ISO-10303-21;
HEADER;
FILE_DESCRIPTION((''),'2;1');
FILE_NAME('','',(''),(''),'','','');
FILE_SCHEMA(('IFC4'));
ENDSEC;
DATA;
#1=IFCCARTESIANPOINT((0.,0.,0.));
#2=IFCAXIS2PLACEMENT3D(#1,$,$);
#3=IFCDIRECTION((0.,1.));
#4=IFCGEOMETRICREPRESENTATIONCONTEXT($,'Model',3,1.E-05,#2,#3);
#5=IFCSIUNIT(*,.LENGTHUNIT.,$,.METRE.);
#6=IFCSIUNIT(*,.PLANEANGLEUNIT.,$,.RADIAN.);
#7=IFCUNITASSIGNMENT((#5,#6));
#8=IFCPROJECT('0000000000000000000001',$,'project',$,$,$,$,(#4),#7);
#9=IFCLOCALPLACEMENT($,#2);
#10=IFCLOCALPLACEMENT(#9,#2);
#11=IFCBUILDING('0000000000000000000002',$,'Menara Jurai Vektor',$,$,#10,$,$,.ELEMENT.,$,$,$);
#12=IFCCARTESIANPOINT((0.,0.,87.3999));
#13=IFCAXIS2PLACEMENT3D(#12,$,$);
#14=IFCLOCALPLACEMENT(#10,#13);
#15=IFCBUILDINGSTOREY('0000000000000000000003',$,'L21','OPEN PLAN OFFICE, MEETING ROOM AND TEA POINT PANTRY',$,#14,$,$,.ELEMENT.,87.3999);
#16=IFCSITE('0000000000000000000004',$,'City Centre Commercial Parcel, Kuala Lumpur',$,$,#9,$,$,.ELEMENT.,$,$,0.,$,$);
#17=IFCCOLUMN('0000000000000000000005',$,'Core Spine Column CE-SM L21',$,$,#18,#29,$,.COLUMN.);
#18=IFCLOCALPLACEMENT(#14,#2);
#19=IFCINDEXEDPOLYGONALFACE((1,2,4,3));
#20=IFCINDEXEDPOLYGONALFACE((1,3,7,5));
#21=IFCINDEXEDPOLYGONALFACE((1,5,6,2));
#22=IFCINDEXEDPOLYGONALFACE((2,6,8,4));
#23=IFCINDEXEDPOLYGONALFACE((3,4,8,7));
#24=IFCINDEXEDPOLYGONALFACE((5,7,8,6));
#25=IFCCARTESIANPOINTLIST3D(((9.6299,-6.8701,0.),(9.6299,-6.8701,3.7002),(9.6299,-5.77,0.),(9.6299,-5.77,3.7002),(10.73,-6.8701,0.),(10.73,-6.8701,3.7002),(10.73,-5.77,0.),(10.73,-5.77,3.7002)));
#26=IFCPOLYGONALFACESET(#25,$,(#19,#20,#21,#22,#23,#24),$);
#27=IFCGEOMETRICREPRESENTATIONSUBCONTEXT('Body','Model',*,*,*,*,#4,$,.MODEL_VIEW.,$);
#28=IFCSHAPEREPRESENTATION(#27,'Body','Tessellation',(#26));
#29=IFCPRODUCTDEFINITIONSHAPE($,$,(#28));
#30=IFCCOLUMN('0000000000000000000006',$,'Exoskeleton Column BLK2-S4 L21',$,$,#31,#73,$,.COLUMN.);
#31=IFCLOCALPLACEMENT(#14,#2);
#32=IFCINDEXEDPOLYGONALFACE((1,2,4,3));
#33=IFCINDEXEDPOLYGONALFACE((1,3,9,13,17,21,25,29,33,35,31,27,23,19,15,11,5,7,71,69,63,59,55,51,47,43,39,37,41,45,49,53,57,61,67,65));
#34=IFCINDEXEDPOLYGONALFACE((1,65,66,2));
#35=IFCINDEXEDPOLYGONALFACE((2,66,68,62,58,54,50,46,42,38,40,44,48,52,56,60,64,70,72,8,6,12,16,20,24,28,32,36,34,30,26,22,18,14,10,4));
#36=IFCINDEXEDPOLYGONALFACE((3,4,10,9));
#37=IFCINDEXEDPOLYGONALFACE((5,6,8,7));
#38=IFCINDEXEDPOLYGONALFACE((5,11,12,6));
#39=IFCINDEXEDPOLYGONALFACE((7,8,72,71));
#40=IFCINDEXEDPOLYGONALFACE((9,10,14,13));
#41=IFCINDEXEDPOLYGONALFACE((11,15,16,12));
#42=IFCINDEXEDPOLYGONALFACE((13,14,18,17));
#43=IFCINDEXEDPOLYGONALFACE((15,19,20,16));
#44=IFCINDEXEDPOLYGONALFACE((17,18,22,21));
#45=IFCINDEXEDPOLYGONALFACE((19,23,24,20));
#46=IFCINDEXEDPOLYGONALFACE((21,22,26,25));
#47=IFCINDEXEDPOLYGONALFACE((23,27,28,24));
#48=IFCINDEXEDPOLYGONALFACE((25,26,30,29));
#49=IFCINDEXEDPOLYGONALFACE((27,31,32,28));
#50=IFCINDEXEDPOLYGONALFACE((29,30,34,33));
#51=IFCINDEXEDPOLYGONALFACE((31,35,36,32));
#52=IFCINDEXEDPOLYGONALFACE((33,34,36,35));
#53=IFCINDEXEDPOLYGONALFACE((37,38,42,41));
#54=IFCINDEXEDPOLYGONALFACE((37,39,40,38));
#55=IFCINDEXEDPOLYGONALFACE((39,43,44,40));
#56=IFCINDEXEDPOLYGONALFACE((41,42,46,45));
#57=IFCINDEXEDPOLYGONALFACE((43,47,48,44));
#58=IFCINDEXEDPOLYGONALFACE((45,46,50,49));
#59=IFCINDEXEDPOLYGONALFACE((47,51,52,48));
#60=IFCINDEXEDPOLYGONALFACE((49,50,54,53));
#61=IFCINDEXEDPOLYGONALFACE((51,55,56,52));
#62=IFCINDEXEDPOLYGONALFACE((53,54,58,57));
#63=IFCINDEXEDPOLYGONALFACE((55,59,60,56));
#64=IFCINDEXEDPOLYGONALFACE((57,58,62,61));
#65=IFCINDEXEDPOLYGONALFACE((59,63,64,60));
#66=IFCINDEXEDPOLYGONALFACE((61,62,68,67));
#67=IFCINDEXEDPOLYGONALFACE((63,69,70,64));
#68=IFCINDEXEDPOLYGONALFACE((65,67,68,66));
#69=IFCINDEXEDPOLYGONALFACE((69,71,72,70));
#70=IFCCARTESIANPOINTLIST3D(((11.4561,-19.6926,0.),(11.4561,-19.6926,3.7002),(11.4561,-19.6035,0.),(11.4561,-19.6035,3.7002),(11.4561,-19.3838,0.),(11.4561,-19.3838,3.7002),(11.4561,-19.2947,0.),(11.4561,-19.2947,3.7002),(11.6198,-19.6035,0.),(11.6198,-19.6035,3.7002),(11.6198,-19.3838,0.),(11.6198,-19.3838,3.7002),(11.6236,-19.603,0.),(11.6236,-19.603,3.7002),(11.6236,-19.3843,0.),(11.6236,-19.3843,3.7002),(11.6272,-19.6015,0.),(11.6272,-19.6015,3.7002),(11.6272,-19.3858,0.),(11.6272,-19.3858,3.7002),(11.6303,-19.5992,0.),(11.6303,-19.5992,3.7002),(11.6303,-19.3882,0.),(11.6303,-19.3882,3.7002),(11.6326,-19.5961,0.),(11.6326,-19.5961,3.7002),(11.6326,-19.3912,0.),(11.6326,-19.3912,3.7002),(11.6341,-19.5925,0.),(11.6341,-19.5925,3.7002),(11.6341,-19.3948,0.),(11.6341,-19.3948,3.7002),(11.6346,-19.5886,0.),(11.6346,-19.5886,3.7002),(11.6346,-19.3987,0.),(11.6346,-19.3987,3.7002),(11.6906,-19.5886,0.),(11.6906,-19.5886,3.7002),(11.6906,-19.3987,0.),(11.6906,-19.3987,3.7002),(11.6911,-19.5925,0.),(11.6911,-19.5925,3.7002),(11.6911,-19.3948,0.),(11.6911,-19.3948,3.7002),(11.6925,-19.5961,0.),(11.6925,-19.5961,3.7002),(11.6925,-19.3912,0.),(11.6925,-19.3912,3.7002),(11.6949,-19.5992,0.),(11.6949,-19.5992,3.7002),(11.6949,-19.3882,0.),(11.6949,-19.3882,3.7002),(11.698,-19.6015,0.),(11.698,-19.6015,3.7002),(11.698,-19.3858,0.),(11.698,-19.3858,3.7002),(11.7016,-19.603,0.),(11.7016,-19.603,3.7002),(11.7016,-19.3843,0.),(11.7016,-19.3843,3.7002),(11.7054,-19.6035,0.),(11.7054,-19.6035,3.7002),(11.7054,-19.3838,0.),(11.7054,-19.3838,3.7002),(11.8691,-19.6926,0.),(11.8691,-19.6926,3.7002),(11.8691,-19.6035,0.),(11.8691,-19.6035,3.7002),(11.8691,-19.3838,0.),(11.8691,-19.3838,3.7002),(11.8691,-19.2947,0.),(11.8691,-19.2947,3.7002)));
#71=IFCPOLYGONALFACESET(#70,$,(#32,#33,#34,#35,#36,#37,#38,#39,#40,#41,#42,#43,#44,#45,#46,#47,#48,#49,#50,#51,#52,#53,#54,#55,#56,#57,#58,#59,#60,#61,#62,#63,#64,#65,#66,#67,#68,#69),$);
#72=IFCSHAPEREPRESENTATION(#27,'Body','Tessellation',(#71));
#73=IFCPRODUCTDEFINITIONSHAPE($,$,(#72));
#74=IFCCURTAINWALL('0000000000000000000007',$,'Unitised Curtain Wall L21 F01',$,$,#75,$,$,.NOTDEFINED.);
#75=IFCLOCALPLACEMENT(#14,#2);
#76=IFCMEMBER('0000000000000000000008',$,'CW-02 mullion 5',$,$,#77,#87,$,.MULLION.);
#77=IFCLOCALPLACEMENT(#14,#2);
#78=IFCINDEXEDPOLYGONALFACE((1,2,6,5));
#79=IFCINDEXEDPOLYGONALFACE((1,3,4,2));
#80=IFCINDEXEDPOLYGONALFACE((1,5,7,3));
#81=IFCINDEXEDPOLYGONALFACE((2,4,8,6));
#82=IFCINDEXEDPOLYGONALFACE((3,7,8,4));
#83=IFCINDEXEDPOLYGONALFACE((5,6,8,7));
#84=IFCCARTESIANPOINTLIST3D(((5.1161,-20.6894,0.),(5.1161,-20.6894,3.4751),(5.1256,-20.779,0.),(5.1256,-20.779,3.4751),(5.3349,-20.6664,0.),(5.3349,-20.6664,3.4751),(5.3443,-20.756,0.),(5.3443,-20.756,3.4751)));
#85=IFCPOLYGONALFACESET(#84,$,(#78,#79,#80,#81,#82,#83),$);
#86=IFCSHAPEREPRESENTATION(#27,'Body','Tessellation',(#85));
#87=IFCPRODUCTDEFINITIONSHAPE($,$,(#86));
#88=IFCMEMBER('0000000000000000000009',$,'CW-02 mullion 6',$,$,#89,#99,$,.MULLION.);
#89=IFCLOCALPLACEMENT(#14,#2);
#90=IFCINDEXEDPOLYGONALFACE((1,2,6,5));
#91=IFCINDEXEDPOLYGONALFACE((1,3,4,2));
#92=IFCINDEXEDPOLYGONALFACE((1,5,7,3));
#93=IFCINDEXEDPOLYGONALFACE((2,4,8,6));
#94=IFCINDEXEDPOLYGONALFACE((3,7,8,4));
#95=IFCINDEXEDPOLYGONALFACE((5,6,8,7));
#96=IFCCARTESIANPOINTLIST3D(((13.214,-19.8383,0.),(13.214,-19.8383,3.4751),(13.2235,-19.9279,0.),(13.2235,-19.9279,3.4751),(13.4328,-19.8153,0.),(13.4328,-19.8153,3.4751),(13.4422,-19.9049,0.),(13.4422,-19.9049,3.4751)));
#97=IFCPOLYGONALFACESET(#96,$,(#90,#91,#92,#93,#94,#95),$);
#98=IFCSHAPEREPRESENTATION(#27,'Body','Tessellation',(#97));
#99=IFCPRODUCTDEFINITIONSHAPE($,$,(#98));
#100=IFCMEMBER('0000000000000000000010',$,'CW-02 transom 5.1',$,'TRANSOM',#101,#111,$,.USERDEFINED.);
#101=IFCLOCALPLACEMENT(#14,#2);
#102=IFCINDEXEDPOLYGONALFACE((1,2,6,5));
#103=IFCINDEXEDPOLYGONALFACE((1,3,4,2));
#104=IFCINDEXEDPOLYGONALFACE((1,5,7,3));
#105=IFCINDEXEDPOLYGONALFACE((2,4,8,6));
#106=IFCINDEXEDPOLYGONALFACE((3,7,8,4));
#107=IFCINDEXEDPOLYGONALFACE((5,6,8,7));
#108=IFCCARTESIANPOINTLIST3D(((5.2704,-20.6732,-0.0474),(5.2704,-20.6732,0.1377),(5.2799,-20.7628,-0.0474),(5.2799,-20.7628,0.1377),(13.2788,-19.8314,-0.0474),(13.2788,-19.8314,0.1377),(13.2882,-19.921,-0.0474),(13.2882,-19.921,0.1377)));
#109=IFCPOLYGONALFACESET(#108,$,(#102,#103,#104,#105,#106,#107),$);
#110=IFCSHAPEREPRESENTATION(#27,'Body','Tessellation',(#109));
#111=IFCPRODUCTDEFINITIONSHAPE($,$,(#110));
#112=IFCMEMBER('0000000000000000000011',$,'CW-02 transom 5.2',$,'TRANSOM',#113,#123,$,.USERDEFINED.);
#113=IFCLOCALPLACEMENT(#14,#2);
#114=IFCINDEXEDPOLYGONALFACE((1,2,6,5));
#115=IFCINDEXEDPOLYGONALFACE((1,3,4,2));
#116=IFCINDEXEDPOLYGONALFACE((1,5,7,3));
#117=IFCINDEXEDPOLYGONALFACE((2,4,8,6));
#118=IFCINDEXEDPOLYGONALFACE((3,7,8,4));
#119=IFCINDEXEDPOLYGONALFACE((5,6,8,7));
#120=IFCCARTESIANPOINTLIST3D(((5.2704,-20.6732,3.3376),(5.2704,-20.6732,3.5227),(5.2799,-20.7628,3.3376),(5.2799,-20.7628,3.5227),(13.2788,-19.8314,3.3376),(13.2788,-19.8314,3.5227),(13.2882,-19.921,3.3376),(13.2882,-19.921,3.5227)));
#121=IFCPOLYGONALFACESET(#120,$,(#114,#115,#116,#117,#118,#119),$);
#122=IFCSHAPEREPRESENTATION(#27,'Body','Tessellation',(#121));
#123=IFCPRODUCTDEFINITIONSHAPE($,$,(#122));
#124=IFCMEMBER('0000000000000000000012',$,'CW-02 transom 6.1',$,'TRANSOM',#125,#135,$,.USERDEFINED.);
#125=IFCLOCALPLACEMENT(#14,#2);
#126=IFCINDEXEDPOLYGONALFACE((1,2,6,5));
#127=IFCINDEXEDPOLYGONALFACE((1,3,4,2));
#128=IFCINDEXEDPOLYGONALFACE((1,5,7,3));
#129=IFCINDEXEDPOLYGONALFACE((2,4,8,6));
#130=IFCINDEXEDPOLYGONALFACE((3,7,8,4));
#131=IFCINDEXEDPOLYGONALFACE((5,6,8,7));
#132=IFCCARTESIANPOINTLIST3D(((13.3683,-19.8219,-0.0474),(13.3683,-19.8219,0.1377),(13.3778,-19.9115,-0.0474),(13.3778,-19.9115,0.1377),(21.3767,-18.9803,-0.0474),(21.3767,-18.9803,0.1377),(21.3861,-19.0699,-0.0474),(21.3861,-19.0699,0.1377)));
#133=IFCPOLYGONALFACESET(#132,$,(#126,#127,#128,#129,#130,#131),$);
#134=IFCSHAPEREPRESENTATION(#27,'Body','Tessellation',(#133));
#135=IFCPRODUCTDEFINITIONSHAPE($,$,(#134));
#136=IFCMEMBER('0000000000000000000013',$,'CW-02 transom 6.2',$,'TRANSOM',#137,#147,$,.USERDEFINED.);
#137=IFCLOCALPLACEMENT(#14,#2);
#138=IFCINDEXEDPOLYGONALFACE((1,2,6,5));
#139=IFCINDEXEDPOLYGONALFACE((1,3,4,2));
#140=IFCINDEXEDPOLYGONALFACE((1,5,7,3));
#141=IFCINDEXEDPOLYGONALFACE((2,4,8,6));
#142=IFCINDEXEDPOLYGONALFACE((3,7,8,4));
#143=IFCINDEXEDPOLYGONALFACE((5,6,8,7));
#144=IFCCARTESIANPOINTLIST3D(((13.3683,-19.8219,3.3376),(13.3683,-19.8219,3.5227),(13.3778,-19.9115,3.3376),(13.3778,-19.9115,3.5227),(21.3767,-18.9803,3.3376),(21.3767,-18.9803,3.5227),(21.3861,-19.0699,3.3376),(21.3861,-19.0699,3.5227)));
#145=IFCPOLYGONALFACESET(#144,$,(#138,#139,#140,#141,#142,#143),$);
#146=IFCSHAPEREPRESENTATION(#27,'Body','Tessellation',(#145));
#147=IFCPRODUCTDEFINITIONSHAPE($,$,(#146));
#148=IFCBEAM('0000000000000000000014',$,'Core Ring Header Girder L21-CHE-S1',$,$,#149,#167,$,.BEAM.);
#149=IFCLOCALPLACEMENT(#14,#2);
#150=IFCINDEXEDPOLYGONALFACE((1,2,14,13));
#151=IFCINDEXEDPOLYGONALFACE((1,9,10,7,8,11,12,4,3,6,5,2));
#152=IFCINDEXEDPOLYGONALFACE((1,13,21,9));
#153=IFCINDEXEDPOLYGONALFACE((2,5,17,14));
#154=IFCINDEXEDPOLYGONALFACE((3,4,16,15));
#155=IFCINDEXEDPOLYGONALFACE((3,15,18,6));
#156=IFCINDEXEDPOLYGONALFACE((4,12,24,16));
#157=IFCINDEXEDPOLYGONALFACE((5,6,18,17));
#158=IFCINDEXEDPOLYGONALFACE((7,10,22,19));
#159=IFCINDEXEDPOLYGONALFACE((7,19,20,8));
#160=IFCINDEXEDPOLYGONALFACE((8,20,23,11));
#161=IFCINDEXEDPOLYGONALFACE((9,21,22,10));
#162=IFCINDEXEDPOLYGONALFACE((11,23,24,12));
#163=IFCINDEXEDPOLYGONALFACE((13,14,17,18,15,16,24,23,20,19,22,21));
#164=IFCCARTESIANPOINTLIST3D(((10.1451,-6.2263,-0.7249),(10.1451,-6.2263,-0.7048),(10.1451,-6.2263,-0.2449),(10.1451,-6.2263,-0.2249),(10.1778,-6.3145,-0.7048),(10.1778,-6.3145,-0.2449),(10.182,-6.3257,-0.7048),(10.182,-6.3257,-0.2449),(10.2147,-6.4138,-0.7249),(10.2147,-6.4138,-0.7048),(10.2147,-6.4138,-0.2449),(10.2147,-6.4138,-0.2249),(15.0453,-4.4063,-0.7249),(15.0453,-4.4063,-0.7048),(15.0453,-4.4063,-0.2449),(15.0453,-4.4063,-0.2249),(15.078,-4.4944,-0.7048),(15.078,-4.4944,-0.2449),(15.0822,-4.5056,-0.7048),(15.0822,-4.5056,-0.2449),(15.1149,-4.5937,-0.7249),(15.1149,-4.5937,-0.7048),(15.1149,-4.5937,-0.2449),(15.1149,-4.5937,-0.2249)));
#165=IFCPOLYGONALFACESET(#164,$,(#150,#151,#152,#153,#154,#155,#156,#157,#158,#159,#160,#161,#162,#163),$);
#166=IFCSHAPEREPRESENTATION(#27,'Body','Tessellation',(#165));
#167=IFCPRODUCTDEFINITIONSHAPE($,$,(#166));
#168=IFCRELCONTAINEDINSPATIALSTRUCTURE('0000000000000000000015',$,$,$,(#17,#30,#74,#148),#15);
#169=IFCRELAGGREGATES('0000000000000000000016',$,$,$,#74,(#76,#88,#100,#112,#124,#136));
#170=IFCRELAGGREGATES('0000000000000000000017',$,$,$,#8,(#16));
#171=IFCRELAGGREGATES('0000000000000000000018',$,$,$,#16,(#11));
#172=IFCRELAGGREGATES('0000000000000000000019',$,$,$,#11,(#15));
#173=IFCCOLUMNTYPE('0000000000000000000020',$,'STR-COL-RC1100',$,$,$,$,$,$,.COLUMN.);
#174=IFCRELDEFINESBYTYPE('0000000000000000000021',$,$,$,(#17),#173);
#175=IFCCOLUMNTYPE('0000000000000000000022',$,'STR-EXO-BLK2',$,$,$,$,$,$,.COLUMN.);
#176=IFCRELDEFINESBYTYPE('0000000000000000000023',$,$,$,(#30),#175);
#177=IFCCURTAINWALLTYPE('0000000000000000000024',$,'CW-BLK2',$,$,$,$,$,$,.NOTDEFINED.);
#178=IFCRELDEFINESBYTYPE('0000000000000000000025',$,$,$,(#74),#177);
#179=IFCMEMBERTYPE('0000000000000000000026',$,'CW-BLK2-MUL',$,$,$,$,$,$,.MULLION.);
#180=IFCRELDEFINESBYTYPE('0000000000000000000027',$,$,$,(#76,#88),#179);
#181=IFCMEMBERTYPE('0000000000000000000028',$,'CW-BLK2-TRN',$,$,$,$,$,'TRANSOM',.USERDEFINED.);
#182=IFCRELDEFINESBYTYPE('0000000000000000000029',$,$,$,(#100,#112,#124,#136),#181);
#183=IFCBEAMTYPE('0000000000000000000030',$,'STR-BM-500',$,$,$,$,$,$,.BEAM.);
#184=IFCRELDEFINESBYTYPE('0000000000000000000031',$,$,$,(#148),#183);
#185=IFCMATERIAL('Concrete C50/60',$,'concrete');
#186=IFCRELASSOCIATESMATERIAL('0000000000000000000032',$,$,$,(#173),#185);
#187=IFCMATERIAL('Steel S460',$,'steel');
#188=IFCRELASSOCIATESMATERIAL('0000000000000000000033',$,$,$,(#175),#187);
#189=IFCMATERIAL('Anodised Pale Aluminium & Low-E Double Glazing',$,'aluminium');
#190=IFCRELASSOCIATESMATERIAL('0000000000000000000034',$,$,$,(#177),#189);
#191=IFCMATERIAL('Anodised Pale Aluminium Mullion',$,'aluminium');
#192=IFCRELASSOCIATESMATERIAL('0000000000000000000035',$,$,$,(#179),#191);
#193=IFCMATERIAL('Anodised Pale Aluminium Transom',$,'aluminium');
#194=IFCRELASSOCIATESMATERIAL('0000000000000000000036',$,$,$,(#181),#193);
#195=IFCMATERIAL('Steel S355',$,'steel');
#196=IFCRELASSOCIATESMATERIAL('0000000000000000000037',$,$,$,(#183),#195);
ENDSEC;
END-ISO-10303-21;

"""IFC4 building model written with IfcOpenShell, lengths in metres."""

from ifc_helpers import new_model, si_unit, direction, frame, origin, origin_2d, place, context, subcontext, project, spatial, rectangle, i_section, extrude, material, material_profile, profile_set, type_object, element, aggregate, save


model = new_model("IFC4")

# Units and contexts
model_context = context("Model", 3, precision=1e-05, world=origin(), true_north=direction((0.0, 1.0)))
body_context = subcontext(model_context, "Body", "Model", "MODEL_VIEW")
ifc_project = project(units=[si_unit("LENGTHUNIT", "METRE"), si_unit("PLANEANGLEUNIT", "RADIAN")], contexts=[model_context])

# Site, building, storey
site_placement = place(None, origin())
site = spatial("IfcSite", under=ifc_project, at=site_placement, Name="City Centre Commercial Parcel, Kuala Lumpur", CompositionType="ELEMENT", RefElevation=0.0)
building_placement = place(site_placement, origin())
building = spatial("IfcBuilding", under=site, at=building_placement, Name="Menara Jurai Vektor", CompositionType="ELEMENT")
storey_placement = place(building_placement, frame((0.0, 0.0, 87.3999)))
storey = spatial("IfcBuildingStorey", under=building, at=storey_placement, Name="L21", Description="OPEN PLAN OFFICE, MEETING ROOM AND TEA POINT PANTRY", CompositionType="ELEMENT", Elevation=87.3999)

# Columns
ifc_material_1 = material(Name="Concrete C50/60", Category="concrete")
ifc_material_profile_1 = material_profile(ifc_material_1, rectangle(XDim=1.1001, YDim=1.1001, at=origin_2d()), Name="RC 1100x1100")
ifc_profile_set_1 = profile_set([ifc_material_profile_1], Name="Concrete C50/60")
column_type_1 = type_object("IfcColumnType", Name="STR-COL-RC1100", PredefinedType="COLUMN", material=ifc_profile_set_1)
column_1_placement = place(storey_placement, frame((10.1799, -6.3201, 0.0), z_axis=(0.0, 0.0, 1.0), x_axis=(1.0, 0.0, 0.0)))
element("IfcColumn", 1, at=column_1_placement, inside=storey, type_object=column_type_1, Name="Core Spine Column CE-SM L21", PredefinedType="COLUMN", context=body_context, shape_type="SweptSolid", body=[
    extrude(rectangle(XDim=1.1001, YDim=1.1001, at=origin_2d()), origin(), (0.0, 0.0, 1.0), 3.7002),
])
ifc_material_2 = material(Name="Steel S460", Category="steel")
ifc_material_profile_2 = material_profile(ifc_material_2, i_section(OverallWidth=0.4131, OverallDepth=0.3979, WebThickness=0.0559, FlangeThickness=0.0891, FilletRadius=0.0149, at=origin_2d()), Name="HD 400x744")
ifc_profile_set_2 = profile_set([ifc_material_profile_2], Name="Steel S460")
column_type_2 = type_object("IfcColumnType", Name="STR-EXO-BLK2", PredefinedType="COLUMN", material=ifc_profile_set_2)
column_2_placement = place(storey_placement, frame((11.6626, -19.4937, 0.0), z_axis=(0.0, 0.0, 1.0), x_axis=(1.0, 0.0, 0.0)))
element("IfcColumn", 2, at=column_2_placement, inside=storey, type_object=column_type_2, Name="Exoskeleton Column BLK2-S4 L21", PredefinedType="COLUMN", context=body_context, shape_type="SweptSolid", body=[
    extrude(i_section(OverallWidth=0.4131, OverallDepth=0.3979, WebThickness=0.0559, FlangeThickness=0.0891, FilletRadius=0.0149, at=origin_2d()), origin(), (0.0, 0.0, 1.0), 3.7002),
])

# Curtain wall, members
ifc_material_3 = material(Name="Anodised Pale Aluminium & Low-E Double Glazing", Category="aluminium")
curtain_wall_type = type_object("IfcCurtainWallType", Name="CW-BLK2", PredefinedType="NOTDEFINED", material=ifc_material_3)
curtain_wall_placement = place(storey_placement, origin())
curtain_wall = element("IfcCurtainWall", 3, at=curtain_wall_placement, inside=storey, type_object=curtain_wall_type, Name="Unitised Curtain Wall L21 F01", PredefinedType="NOTDEFINED")
ifc_material_4 = material(Name="Anodised Pale Aluminium Mullion", Category="aluminium")
ifc_material_profile_3 = material_profile(ifc_material_4, rectangle(XDim=0.0901, YDim=0.22, at=origin_2d()), Name="ALU MUL 90x220")
ifc_profile_set_3 = profile_set([ifc_material_profile_3], Name="Anodised Pale Aluminium Mullion")
member_type_1 = type_object("IfcMemberType", Name="CW-BLK2-MUL", PredefinedType="MULLION", material=ifc_profile_set_3)
member_1_placement = place(storey_placement, frame((5.2302, -20.7227, 0.0), z_axis=(0.0, 0.0, 1.0), x_axis=(-0.104529, 0.994522, 0.0)))
member_1 = element("IfcMember", 4, at=member_1_placement, type_object=member_type_1, Name="CW-02 mullion 5", PredefinedType="MULLION", context=body_context, shape_type="SweptSolid", body=[
    extrude(rectangle(XDim=0.0901, YDim=0.22, at=origin_2d()), origin(), (0.0, 0.0, 1.0), 3.4751),
])
member_2_placement = place(storey_placement, frame((13.3281, -19.8716, 0.0), z_axis=(0.0, 0.0, 1.0), x_axis=(-0.104529, 0.994522, 0.0)))
member_2 = element("IfcMember", 5, at=member_2_placement, type_object=member_type_1, Name="CW-02 mullion 6", PredefinedType="MULLION", context=body_context, shape_type="SweptSolid", body=[
    extrude(rectangle(XDim=0.0901, YDim=0.22, at=origin_2d()), origin(), (0.0, 0.0, 1.0), 3.4751),
])
ifc_material_5 = material(Name="Anodised Pale Aluminium Transom", Category="aluminium")
ifc_material_profile_4 = material_profile(ifc_material_5, rectangle(XDim=0.0901, YDim=0.1851, at=origin_2d()), Name="ALU TRN 90x185")
ifc_profile_set_4 = profile_set([ifc_material_profile_4], Name="Anodised Pale Aluminium Transom")
member_type_2 = type_object("IfcMemberType", Name="CW-BLK2-TRN", ElementType="TRANSOM", PredefinedType="USERDEFINED", material=ifc_profile_set_4)
member_3_placement = place(storey_placement, frame((5.2751, -20.718, 0.0452), z_axis=(0.994521, 0.10454, 0.0), x_axis=(-0.10454, 0.994521, 0.0)))
member_3 = element("IfcMember", 6, at=member_3_placement, type_object=member_type_2, Name="CW-02 transom 5.1", ObjectType="TRANSOM", PredefinedType="USERDEFINED", context=body_context, shape_type="SweptSolid", body=[
    extrude(rectangle(XDim=0.0901, YDim=0.1851, at=origin_2d()), origin(), (0.0, 0.0, 1.0), 8.0525),
])
member_4_placement = place(storey_placement, frame((5.2751, -20.718, 3.4302), z_axis=(0.994521, 0.10454, 0.0), x_axis=(-0.10454, 0.994521, 0.0)))
member_4 = element("IfcMember", 7, at=member_4_placement, type_object=member_type_2, Name="CW-02 transom 5.2", ObjectType="TRANSOM", PredefinedType="USERDEFINED", context=body_context, shape_type="SweptSolid", body=[
    extrude(rectangle(XDim=0.0901, YDim=0.1851, at=origin_2d()), origin(), (0.0, 0.0, 1.0), 8.0525),
])
member_5_placement = place(storey_placement, frame((13.373, -19.8667, 0.0452), z_axis=(0.994524, 0.10451, 0.0), x_axis=(-0.10451, 0.994524, 0.0)))
member_5 = element("IfcMember", 8, at=member_5_placement, type_object=member_type_2, Name="CW-02 transom 6.1", ObjectType="TRANSOM", PredefinedType="USERDEFINED", context=body_context, shape_type="SweptSolid", body=[
    extrude(rectangle(XDim=0.0901, YDim=0.1851, at=origin_2d()), origin(), (0.0, 0.0, 1.0), 8.0525),
])
member_6_placement = place(storey_placement, frame((13.373, -19.8667, 3.4302), z_axis=(0.994524, 0.10451, 0.0), x_axis=(-0.10451, 0.994524, 0.0)))
member_6 = element("IfcMember", 9, at=member_6_placement, type_object=member_type_2, Name="CW-02 transom 6.2", ObjectType="TRANSOM", PredefinedType="USERDEFINED", context=body_context, shape_type="SweptSolid", body=[
    extrude(rectangle(XDim=0.0901, YDim=0.1851, at=origin_2d()), origin(), (0.0, 0.0, 1.0), 8.0525),
])

# Beam
ifc_material_6 = material(Name="Steel S355", Category="steel")
ifc_material_profile_5 = material_profile(ifc_material_6, i_section(OverallWidth=0.2, OverallDepth=0.5, WebThickness=0.012, FlangeThickness=0.02, at=origin_2d()), Name="PG 500x200x96")
ifc_profile_set_5 = profile_set([ifc_material_profile_5], Name="Steel S355")
beam_type_1 = type_object("IfcBeamType", Name="STR-BM-500", PredefinedType="BEAM", material=ifc_profile_set_5)
beam_1_placement = place(storey_placement, frame((10.1799, -6.3201, -0.4749), z_axis=(0.937424, 0.348189, 0.0), x_axis=(-0.348189, 0.937424, 0.0)))
element("IfcBeam", 10, at=beam_1_placement, inside=storey, type_object=beam_type_1, Name="Core Ring Header Girder L21-CHE-S1", PredefinedType="BEAM", context=body_context, shape_type="SweptSolid", body=[
    extrude(i_section(OverallWidth=0.2, OverallDepth=0.5, WebThickness=0.012, FlangeThickness=0.02, at=origin_2d()), origin(), (0.0, 0.0, 1.0), 5.2273),
])

aggregate(curtain_wall, [member_1, member_2, member_3, member_4, member_5, member_6])

save(model, "model.ifc")
